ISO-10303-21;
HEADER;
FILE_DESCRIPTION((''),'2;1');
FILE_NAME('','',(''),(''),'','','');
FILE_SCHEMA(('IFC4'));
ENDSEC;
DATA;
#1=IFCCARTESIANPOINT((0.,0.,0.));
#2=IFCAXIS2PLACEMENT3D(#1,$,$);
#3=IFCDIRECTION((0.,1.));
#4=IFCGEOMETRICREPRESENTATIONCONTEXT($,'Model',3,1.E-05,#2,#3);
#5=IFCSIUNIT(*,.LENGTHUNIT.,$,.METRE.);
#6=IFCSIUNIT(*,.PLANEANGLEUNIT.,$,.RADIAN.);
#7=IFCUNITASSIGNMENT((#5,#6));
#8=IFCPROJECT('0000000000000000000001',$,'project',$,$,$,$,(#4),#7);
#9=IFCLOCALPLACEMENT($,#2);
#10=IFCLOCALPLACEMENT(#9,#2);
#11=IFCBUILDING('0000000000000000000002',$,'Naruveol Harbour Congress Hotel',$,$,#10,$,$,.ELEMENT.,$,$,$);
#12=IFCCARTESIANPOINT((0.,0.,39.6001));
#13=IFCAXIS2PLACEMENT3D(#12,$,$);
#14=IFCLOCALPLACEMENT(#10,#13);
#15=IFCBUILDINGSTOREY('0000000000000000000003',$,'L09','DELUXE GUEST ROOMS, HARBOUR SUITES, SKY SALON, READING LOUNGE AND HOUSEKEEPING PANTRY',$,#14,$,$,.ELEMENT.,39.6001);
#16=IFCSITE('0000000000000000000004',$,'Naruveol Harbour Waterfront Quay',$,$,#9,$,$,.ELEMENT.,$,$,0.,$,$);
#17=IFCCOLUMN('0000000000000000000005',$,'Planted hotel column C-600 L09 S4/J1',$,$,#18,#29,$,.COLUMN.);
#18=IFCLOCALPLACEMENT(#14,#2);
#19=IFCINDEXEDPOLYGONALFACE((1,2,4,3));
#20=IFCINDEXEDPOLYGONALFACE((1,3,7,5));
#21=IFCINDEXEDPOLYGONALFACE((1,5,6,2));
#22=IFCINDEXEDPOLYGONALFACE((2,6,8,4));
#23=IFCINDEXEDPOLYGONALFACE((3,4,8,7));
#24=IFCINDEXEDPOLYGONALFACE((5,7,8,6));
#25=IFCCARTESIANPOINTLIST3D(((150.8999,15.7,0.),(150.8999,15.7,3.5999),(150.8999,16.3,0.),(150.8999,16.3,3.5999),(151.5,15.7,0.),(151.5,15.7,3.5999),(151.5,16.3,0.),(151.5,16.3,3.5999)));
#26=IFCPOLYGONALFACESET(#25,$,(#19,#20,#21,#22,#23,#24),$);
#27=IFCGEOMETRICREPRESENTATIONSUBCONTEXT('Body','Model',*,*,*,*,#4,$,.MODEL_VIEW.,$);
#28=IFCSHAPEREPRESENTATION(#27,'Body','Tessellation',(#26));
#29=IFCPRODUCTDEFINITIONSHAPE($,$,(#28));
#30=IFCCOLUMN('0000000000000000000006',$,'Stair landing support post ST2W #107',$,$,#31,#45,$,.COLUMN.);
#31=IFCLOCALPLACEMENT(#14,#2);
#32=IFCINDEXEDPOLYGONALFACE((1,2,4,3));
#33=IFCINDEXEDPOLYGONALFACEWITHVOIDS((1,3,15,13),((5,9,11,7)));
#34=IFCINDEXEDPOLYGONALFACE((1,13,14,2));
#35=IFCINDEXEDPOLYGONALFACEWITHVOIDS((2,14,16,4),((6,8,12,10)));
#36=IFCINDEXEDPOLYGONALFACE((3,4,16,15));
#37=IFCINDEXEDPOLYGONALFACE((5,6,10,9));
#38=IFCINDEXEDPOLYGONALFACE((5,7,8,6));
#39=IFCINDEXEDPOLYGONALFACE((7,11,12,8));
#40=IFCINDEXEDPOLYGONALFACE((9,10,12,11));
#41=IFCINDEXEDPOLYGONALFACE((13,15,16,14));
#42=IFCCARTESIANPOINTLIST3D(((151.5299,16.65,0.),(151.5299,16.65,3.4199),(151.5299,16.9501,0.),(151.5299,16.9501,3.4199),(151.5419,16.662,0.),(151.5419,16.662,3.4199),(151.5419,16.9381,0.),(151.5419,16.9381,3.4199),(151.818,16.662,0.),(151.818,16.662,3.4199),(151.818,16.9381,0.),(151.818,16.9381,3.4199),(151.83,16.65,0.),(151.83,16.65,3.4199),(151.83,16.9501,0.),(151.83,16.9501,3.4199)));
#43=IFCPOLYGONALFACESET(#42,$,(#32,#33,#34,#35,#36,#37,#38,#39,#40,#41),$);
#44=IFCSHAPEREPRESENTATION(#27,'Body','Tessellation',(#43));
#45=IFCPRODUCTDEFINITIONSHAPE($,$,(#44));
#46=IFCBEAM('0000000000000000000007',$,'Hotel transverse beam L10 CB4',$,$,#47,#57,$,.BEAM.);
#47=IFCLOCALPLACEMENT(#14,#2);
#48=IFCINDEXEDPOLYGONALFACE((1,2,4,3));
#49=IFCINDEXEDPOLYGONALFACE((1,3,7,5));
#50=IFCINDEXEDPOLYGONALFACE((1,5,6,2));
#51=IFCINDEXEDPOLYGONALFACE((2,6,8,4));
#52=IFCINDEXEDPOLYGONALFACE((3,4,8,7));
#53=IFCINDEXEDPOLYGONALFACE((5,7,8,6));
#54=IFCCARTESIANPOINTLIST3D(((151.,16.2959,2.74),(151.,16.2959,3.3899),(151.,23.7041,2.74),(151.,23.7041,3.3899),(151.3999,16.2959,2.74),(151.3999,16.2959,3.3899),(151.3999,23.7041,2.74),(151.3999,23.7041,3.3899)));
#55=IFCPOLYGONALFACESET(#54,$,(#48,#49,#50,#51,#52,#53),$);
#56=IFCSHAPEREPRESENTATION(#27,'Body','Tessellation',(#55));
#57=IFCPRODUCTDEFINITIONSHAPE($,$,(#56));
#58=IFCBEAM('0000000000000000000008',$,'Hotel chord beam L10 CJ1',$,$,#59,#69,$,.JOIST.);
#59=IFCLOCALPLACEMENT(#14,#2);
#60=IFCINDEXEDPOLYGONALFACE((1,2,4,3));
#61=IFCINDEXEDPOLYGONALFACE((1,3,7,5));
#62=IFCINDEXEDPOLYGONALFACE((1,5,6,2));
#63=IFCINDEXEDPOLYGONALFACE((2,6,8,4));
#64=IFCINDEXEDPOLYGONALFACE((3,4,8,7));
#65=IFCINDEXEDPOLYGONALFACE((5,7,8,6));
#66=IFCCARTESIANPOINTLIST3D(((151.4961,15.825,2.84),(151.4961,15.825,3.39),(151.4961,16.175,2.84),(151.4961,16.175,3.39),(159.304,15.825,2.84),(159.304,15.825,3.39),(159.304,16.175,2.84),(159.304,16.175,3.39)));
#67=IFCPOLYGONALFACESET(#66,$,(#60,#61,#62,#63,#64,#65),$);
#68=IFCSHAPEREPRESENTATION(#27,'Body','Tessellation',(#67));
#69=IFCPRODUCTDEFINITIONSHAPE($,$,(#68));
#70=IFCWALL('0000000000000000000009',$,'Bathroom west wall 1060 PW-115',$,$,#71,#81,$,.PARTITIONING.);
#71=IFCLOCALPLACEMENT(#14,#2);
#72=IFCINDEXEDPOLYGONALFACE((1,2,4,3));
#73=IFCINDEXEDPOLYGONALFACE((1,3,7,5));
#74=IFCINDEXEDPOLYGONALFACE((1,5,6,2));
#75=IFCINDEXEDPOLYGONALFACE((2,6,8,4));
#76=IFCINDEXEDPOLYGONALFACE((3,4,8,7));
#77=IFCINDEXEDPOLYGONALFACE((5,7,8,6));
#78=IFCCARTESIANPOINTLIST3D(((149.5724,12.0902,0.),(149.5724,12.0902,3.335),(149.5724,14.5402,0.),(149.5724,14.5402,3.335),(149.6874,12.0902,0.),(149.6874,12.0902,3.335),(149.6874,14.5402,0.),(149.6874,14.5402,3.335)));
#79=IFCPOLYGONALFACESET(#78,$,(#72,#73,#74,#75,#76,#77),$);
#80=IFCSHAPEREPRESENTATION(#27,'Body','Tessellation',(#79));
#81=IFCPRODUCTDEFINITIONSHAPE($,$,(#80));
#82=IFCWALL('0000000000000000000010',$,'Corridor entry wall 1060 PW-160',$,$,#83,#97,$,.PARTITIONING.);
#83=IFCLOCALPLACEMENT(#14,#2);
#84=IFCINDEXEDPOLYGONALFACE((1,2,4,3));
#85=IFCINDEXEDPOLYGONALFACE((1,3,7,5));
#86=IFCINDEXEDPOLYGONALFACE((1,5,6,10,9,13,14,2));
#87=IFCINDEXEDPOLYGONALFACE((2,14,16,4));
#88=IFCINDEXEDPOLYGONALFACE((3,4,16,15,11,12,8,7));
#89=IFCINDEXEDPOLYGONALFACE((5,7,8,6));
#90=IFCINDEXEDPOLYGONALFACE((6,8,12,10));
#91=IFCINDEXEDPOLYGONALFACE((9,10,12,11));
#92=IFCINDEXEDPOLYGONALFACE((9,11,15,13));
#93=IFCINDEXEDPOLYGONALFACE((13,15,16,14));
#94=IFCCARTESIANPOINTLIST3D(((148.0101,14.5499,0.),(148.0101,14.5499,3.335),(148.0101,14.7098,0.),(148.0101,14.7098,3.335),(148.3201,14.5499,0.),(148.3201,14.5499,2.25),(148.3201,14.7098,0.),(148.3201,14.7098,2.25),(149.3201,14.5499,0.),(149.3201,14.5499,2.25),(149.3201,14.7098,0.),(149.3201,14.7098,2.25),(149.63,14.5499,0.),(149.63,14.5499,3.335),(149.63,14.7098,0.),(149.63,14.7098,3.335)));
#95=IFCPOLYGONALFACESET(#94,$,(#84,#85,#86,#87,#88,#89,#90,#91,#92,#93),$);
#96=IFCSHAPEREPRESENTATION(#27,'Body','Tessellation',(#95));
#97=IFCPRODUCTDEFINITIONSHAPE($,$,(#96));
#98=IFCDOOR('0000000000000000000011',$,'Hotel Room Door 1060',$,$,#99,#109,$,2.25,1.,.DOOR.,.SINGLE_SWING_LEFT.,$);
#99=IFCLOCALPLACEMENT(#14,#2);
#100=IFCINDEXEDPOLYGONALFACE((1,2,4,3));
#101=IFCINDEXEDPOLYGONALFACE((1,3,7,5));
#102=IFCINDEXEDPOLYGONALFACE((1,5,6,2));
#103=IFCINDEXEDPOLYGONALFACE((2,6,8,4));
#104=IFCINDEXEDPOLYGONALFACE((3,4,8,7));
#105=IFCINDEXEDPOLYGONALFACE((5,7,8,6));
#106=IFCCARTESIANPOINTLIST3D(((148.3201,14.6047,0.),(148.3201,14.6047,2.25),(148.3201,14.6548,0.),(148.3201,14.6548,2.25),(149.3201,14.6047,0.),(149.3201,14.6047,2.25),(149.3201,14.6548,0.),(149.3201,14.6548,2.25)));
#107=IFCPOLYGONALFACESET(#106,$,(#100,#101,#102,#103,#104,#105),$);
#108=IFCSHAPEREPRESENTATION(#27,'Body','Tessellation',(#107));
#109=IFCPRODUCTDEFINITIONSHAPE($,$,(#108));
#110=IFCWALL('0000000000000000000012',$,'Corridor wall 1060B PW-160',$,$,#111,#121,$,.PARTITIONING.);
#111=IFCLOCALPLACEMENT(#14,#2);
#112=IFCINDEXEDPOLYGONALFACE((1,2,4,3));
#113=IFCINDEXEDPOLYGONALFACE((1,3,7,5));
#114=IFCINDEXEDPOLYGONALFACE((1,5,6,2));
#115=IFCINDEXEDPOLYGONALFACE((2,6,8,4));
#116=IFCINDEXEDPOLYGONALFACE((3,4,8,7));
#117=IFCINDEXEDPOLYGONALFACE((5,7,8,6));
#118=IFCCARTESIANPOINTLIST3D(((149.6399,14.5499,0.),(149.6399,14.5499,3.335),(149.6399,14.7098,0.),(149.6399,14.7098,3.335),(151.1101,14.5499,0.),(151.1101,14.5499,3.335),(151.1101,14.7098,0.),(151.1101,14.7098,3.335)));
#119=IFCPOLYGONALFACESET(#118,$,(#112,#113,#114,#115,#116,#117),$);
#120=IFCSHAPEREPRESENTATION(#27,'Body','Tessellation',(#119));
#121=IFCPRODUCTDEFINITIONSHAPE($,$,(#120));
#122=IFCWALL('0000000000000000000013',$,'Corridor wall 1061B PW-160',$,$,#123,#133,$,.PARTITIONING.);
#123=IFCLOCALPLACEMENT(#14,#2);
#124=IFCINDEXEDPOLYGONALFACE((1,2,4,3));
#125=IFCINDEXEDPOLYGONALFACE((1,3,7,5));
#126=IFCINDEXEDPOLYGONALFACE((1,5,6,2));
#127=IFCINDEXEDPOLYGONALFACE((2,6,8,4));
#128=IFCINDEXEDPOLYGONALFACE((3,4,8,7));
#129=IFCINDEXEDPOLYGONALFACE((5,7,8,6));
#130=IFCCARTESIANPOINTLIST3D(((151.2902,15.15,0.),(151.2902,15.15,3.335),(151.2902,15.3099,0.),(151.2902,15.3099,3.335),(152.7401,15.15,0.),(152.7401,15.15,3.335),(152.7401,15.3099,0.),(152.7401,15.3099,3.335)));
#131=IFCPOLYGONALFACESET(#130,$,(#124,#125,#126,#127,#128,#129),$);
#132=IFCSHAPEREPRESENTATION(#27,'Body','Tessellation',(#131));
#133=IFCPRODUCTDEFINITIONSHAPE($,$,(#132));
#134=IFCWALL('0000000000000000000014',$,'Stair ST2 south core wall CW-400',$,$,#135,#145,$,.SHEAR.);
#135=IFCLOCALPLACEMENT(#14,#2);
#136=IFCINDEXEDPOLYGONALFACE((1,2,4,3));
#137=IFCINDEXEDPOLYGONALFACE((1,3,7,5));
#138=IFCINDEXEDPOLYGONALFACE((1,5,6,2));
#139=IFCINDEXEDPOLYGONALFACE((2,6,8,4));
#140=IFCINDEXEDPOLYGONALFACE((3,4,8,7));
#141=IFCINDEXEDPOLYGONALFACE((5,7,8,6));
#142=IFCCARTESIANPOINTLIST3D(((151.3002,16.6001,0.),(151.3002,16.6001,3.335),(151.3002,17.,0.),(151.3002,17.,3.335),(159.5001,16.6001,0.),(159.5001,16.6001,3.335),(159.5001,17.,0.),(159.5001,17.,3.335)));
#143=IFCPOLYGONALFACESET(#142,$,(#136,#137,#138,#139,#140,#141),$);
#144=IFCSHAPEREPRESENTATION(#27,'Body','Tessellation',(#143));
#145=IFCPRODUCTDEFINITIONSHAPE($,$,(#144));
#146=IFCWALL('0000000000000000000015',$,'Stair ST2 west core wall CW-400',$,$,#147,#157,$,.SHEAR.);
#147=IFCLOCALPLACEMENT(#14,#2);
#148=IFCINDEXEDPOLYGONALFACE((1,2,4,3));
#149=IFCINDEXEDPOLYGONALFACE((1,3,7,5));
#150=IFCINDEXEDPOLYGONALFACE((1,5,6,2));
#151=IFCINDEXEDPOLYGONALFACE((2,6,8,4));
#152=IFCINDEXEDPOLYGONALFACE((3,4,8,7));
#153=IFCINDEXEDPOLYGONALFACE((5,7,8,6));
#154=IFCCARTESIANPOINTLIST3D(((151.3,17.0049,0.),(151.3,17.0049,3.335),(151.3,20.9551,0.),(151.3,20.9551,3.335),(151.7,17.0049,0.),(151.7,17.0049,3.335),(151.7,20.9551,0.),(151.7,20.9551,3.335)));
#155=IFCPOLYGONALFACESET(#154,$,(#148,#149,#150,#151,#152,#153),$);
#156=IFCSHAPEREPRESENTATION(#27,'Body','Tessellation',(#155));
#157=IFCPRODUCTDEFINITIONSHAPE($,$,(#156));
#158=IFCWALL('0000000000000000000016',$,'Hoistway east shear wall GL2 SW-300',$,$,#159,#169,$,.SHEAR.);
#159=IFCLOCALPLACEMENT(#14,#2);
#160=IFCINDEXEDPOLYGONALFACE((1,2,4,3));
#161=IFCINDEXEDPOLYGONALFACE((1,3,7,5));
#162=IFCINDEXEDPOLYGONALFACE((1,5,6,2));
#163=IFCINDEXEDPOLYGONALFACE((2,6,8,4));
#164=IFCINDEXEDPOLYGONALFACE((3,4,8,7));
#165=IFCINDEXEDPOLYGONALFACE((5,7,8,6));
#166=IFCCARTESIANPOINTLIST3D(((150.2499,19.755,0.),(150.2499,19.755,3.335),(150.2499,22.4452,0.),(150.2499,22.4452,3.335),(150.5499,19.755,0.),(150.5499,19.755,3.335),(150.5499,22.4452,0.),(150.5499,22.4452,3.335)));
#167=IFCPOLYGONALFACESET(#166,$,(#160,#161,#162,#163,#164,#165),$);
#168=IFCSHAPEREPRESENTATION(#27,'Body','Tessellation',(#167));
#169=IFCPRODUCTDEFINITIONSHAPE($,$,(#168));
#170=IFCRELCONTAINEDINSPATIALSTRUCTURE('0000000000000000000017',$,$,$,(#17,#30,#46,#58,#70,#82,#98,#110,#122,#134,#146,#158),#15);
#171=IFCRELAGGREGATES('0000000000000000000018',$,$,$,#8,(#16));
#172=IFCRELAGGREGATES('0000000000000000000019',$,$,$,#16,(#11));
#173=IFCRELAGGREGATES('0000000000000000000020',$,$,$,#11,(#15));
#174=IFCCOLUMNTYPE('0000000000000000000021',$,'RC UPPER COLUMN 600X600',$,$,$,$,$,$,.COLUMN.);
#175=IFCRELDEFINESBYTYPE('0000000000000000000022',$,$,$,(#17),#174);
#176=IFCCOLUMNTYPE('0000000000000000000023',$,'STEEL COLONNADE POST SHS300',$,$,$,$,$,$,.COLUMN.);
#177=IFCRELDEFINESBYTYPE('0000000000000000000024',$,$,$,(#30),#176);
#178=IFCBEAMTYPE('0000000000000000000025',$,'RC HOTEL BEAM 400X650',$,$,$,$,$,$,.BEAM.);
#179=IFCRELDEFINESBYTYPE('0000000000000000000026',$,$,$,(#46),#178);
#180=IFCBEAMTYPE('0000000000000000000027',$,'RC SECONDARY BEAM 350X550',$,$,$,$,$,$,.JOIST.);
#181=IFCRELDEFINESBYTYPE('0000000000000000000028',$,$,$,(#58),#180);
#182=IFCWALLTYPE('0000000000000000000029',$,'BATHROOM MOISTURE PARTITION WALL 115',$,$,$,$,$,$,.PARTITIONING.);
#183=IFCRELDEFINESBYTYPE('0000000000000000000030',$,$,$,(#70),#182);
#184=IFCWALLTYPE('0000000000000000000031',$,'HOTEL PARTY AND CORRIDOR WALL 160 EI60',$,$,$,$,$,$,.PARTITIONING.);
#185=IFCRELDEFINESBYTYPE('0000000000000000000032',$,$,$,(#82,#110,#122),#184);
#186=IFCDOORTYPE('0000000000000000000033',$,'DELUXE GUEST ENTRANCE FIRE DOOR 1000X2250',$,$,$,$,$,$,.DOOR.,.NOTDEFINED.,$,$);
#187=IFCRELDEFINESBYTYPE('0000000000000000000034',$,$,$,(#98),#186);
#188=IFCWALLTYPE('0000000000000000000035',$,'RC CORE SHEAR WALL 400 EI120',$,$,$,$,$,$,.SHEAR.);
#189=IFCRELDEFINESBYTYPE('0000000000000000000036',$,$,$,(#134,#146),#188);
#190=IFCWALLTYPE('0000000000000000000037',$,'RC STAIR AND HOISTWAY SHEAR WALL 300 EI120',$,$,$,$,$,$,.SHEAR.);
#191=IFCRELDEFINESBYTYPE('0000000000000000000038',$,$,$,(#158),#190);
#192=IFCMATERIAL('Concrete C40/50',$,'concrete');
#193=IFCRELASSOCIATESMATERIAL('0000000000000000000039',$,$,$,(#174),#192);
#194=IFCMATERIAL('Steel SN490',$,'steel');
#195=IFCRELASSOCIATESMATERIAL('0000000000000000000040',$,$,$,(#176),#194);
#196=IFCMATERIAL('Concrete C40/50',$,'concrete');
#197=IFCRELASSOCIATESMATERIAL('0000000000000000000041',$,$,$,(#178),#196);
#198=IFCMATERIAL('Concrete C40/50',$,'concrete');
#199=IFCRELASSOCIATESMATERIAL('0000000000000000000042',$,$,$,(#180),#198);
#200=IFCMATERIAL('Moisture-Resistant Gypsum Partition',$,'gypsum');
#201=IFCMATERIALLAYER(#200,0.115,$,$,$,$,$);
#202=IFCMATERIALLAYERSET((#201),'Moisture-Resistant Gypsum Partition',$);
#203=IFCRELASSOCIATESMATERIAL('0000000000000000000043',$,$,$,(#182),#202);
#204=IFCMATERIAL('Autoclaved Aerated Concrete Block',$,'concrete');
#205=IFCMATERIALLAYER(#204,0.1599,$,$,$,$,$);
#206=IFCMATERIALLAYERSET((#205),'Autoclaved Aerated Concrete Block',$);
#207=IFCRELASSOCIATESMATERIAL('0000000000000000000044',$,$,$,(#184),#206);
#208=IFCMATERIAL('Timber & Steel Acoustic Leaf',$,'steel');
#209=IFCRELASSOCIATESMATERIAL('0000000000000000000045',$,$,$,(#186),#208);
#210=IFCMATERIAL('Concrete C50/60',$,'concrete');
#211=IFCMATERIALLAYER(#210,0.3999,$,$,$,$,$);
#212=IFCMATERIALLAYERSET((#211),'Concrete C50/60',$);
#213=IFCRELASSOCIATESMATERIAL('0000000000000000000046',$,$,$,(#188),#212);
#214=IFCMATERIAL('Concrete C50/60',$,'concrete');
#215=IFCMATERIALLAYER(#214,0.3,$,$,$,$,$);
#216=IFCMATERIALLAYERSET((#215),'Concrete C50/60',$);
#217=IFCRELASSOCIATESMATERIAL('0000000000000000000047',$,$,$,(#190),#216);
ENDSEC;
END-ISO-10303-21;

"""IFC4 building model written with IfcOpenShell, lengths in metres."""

from ifc_helpers import new_model, si_unit, direction, frame, frame_2d, origin, origin_2d, place, context, subcontext, project, spatial, rectangle, hollow_rectangle, extrude, material, layer, layer_set, material_profile, profile_set, type_object, element, fill, save


model = new_model("IFC4")

# Units and contexts
model_context = context("Model", 3, precision=1e-05, world=origin(), true_north=direction((0.0, 1.0)))
body_context = subcontext(model_context, "Body", "Model", "MODEL_VIEW")
ifc_project = project(units=[si_unit("LENGTHUNIT", "METRE"), si_unit("PLANEANGLEUNIT", "RADIAN")], contexts=[model_context])

# Site, building, storey
site_placement = place(None, origin())
site = spatial("IfcSite", under=ifc_project, at=site_placement, Name="Naruveol Harbour Waterfront Quay", CompositionType="ELEMENT", RefElevation=0.0)
building_placement = place(site_placement, origin())
building = spatial("IfcBuilding", under=site, at=building_placement, Name="Naruveol Harbour Congress Hotel", CompositionType="ELEMENT")
storey_placement = place(building_placement, frame((0.0, 0.0, 39.6001)))
storey = spatial("IfcBuildingStorey", under=building, at=storey_placement, Name="L09", Description="DELUXE GUEST ROOMS, HARBOUR SUITES, SKY SALON, READING LOUNGE AND HOUSEKEEPING PANTRY", CompositionType="ELEMENT", Elevation=39.6001)

# Columns
ifc_material_1 = material(Name="Concrete C40/50", Category="concrete")
ifc_material_profile_1 = material_profile(ifc_material_1, rectangle(XDim=0.6001, YDim=0.6001, at=origin_2d()), Name="RC-600x600")
ifc_profile_set_1 = profile_set([ifc_material_profile_1], Name="Concrete C40/50")
column_type_1 = type_object("IfcColumnType", Name="RC UPPER COLUMN 600X600", PredefinedType="COLUMN", material=ifc_profile_set_1)
column_1_placement = place(storey_placement, frame((151.2, 16.0, 0.0), z_axis=(0.0, 0.0, 1.0), x_axis=(1.0, 0.0, 0.0)))
element("IfcColumn", 1, at=column_1_placement, inside=storey, type_object=column_type_1, Name="Planted hotel column C-600 L09 S4/J1", PredefinedType="COLUMN", context=body_context, shape_type="SweptSolid", body=[
    extrude(rectangle(XDim=0.6001, YDim=0.6001, at=origin_2d()), origin(), (0.0, 0.0, 1.0), 3.5999),
])
ifc_material_2 = material(Name="Steel SN490", Category="steel")
ifc_material_profile_2 = material_profile(ifc_material_2, hollow_rectangle(XDim=0.3, YDim=0.3, WallThickness=0.012, at=origin_2d()), Name="SHS-300x300x12")
ifc_profile_set_2 = profile_set([ifc_material_profile_2], Name="Steel SN490")
column_type_2 = type_object("IfcColumnType", Name="STEEL COLONNADE POST SHS300", PredefinedType="COLUMN", material=ifc_profile_set_2)
column_2_placement = place(storey_placement, frame((151.6799, 16.8, 0.0), z_axis=(0.0, 0.0, 1.0), x_axis=(1.0, 0.0, 0.0)))
element("IfcColumn", 2, at=column_2_placement, inside=storey, type_object=column_type_2, Name="Stair landing support post ST2W #107", PredefinedType="COLUMN", context=body_context, shape_type="SweptSolid", body=[
    extrude(hollow_rectangle(XDim=0.3, YDim=0.3, WallThickness=0.012, at=origin_2d()), origin(), (0.0, 0.0, 1.0), 3.4199),
])

# Beams
ifc_material_3 = material(Name="Concrete C40/50", Category="concrete")
ifc_material_profile_3 = material_profile(ifc_material_3, rectangle(XDim=0.3999, YDim=0.6499, at=origin_2d()), Name="RCB-400x650")
ifc_profile_set_3 = profile_set([ifc_material_profile_3], Name="Concrete C40/50")
beam_type_1 = type_object("IfcBeamType", Name="RC HOTEL BEAM 400X650", PredefinedType="BEAM", material=ifc_profile_set_3)
beam_1_placement = place(storey_placement, frame((151.2, 16.2959, 3.0649), z_axis=(0.0, 1.0, 0.0), x_axis=(-1.0, 0.0, 0.0)))
element("IfcBeam", 3, at=beam_1_placement, inside=storey, type_object=beam_type_1, Name="Hotel transverse beam L10 CB4", PredefinedType="BEAM", context=body_context, shape_type="SweptSolid", body=[
    extrude(rectangle(XDim=0.3999, YDim=0.6499, at=origin_2d()), origin(), (0.0, 0.0, 1.0), 7.4082),
])
ifc_material_4 = material(Name="Concrete C40/50", Category="concrete")
ifc_material_profile_4 = material_profile(ifc_material_4, rectangle(XDim=0.3501, YDim=0.55, at=origin_2d()), Name="RCB-350x550")
ifc_profile_set_4 = profile_set([ifc_material_profile_4], Name="Concrete C40/50")
beam_type_2 = type_object("IfcBeamType", Name="RC SECONDARY BEAM 350X550", PredefinedType="JOIST", material=ifc_profile_set_4)
beam_2_placement = place(storey_placement, frame((151.4961, 16.0, 3.115), z_axis=(1.0, 0.0, 0.0), x_axis=(0.0, 1.0, 0.0)))
element("IfcBeam", 4, at=beam_2_placement, inside=storey, type_object=beam_type_2, Name="Hotel chord beam L10 CJ1", PredefinedType="JOIST", context=body_context, shape_type="SweptSolid", body=[
    extrude(rectangle(XDim=0.3501, YDim=0.55, at=origin_2d()), origin(), (0.0, 0.0, 1.0), 7.8079),
])

# Wall
ifc_material_5 = material(Name="Moisture-Resistant Gypsum Partition", Category="gypsum")
ifc_layer_1 = layer(ifc_material_5, 0.115)
ifc_layer_set_1 = layer_set([ifc_layer_1], Name="Moisture-Resistant Gypsum Partition")
wall_type_1 = type_object("IfcWallType", Name="BATHROOM MOISTURE PARTITION WALL 115", PredefinedType="PARTITIONING", material=ifc_layer_set_1)
wall_1_placement = place(storey_placement, frame((149.6299, 12.0901, 0.0), z_axis=(0.0, 0.0, 1.0), x_axis=(0.0, 1.0, 0.0)))
element("IfcWall", 5, at=wall_1_placement, inside=storey, type_object=wall_type_1, Name="Bathroom west wall 1060 PW-115", PredefinedType="PARTITIONING", context=body_context, shape_type="SweptSolid", body=[
    extrude(rectangle(XDim=2.45, YDim=0.115, at=frame_2d((1.2251, 0.0))), origin(), (0.0, 0.0, 1.0), 3.335),
])

# Wall, opening, door
ifc_material_6 = material(Name="Autoclaved Aerated Concrete Block", Category="concrete")
ifc_layer_2 = layer(ifc_material_6, 0.1599)
ifc_layer_set_2 = layer_set([ifc_layer_2], Name="Autoclaved Aerated Concrete Block")
wall_type_2 = type_object("IfcWallType", Name="HOTEL PARTY AND CORRIDOR WALL 160 EI60", PredefinedType="PARTITIONING", material=ifc_layer_set_2)
wall_2_placement = place(storey_placement, frame((148.01, 14.6299, 0.0), z_axis=(0.0, 0.0, 1.0), x_axis=(1.0, 0.0, 0.0)))
wall_2 = element("IfcWall", 6, at=wall_2_placement, inside=storey, type_object=wall_type_2, Name="Corridor entry wall 1060 PW-160", PredefinedType="PARTITIONING", context=body_context, shape_type="SweptSolid", body=[
    extrude(rectangle(XDim=1.6199, YDim=0.1599, at=frame_2d((0.8101, 0.0))), origin(), (0.0, 0.0, 1.0), 3.335),
])
opening_1_placement = place(wall_2_placement, frame((0.3101, 0.0, 0.0)))
opening_1 = element("IfcOpeningElement", 7, at=opening_1_placement, cuts=wall_2, PredefinedType="OPENING", context=body_context, shape_type="SweptSolid", body=[
    extrude(rectangle(XDim=1.0, YDim=2.25, at=frame_2d((0.5, 1.125))), frame((0.0, 0.0898, 0.0), z_axis=(0.0, -1.0, 0.0), x_axis=(1.0, 0.0, 0.0)), (0.0, 0.0, 1.0), 0.1799),
])
ifc_material_7 = material(Name="Timber & Steel Acoustic Leaf", Category="steel")
door_type_1 = type_object("IfcDoorType", Name="DELUXE GUEST ENTRANCE FIRE DOOR 1000X2250", OperationType="NOTDEFINED", PredefinedType="DOOR", material=ifc_material_7)
door_1_placement = place(opening_1_placement, origin())
door_1 = element("IfcDoor", 8, at=door_1_placement, inside=storey, type_object=door_type_1, Name="Hotel Room Door 1060", OperationType="SINGLE_SWING_LEFT", OverallHeight=2.25, OverallWidth=1.0, PredefinedType="DOOR", context=body_context, shape_type="SweptSolid", body=[
    extrude(rectangle(XDim=1.0, YDim=2.25, at=frame_2d((0.5, 1.125))), frame((0.0, 0.0249, 0.0), z_axis=(0.0, -1.0, 0.0), x_axis=(1.0, 0.0, 0.0)), (0.0, 0.0, 1.0), 0.05),
])
fill(opening_1, door_1)

# Walls
wall_3_placement = place(storey_placement, frame((149.6399, 14.6299, 0.0), z_axis=(0.0, 0.0, 1.0), x_axis=(1.0, 0.0, 0.0)))
element("IfcWall", 9, at=wall_3_placement, inside=storey, type_object=wall_type_2, Name="Corridor wall 1060B PW-160", PredefinedType="PARTITIONING", context=body_context, shape_type="SweptSolid", body=[
    extrude(rectangle(XDim=1.4702, YDim=0.1599, at=frame_2d((0.7351, 0.0))), origin(), (0.0, 0.0, 1.0), 3.335),
])
wall_4_placement = place(storey_placement, frame((151.29, 15.23, 0.0), z_axis=(0.0, 0.0, 1.0), x_axis=(1.0, 0.0, 0.0)))
element("IfcWall", 10, at=wall_4_placement, inside=storey, type_object=wall_type_2, Name="Corridor wall 1061B PW-160", PredefinedType="PARTITIONING", context=body_context, shape_type="SweptSolid", body=[
    extrude(rectangle(XDim=1.45, YDim=0.1599, at=frame_2d((0.7251, 0.0))), origin(), (0.0, 0.0, 1.0), 3.335),
])
ifc_material_8 = material(Name="Concrete C50/60", Category="concrete")
ifc_layer_3 = layer(ifc_material_8, 0.3999)
ifc_layer_set_3 = layer_set([ifc_layer_3], Name="Concrete C50/60")
wall_type_3 = type_object("IfcWallType", Name="RC CORE SHEAR WALL 400 EI120", PredefinedType="SHEAR", material=ifc_layer_set_3)
wall_5_placement = place(storey_placement, frame((151.3, 16.8, 0.0), z_axis=(0.0, 0.0, 1.0), x_axis=(1.0, 0.0, 0.0)))
element("IfcWall", 11, at=wall_5_placement, inside=storey, type_object=wall_type_3, Name="Stair ST2 south core wall CW-400", PredefinedType="SHEAR", context=body_context, shape_type="SweptSolid", body=[
    extrude(rectangle(XDim=8.2, YDim=0.3999, at=frame_2d((4.1001, 0.0))), origin(), (0.0, 0.0, 1.0), 3.335),
])
wall_6_placement = place(storey_placement, frame((151.5, 17.0049, 0.0), z_axis=(0.0, 0.0, 1.0), x_axis=(0.0, 1.0, 0.0)))
element("IfcWall", 12, at=wall_6_placement, inside=storey, type_object=wall_type_3, Name="Stair ST2 west core wall CW-400", PredefinedType="SHEAR", context=body_context, shape_type="SweptSolid", body=[
    extrude(rectangle(XDim=3.9502, YDim=0.3999, at=frame_2d((1.9751, 0.0))), origin(), (0.0, 0.0, 1.0), 3.335),
])
ifc_material_9 = material(Name="Concrete C50/60", Category="concrete")
ifc_layer_4 = layer(ifc_material_9, 0.3)
ifc_layer_set_4 = layer_set([ifc_layer_4], Name="Concrete C50/60")
wall_type_4 = type_object("IfcWallType", Name="RC STAIR AND HOISTWAY SHEAR WALL 300 EI120", PredefinedType="SHEAR", material=ifc_layer_set_4)
wall_7_placement = place(storey_placement, frame((150.3999, 19.7549, 0.0), z_axis=(0.0, 0.0, 1.0), x_axis=(0.0, 1.0, 0.0)))
element("IfcWall", 13, at=wall_7_placement, inside=storey, type_object=wall_type_4, Name="Hoistway east shear wall GL2 SW-300", PredefinedType="SHEAR", context=body_context, shape_type="SweptSolid", body=[
    extrude(rectangle(XDim=2.6902, YDim=0.3, at=frame_2d((1.3452, 0.0))), origin(), (0.0, 0.0, 1.0), 3.335),
])

save(model, "model.ifc")
